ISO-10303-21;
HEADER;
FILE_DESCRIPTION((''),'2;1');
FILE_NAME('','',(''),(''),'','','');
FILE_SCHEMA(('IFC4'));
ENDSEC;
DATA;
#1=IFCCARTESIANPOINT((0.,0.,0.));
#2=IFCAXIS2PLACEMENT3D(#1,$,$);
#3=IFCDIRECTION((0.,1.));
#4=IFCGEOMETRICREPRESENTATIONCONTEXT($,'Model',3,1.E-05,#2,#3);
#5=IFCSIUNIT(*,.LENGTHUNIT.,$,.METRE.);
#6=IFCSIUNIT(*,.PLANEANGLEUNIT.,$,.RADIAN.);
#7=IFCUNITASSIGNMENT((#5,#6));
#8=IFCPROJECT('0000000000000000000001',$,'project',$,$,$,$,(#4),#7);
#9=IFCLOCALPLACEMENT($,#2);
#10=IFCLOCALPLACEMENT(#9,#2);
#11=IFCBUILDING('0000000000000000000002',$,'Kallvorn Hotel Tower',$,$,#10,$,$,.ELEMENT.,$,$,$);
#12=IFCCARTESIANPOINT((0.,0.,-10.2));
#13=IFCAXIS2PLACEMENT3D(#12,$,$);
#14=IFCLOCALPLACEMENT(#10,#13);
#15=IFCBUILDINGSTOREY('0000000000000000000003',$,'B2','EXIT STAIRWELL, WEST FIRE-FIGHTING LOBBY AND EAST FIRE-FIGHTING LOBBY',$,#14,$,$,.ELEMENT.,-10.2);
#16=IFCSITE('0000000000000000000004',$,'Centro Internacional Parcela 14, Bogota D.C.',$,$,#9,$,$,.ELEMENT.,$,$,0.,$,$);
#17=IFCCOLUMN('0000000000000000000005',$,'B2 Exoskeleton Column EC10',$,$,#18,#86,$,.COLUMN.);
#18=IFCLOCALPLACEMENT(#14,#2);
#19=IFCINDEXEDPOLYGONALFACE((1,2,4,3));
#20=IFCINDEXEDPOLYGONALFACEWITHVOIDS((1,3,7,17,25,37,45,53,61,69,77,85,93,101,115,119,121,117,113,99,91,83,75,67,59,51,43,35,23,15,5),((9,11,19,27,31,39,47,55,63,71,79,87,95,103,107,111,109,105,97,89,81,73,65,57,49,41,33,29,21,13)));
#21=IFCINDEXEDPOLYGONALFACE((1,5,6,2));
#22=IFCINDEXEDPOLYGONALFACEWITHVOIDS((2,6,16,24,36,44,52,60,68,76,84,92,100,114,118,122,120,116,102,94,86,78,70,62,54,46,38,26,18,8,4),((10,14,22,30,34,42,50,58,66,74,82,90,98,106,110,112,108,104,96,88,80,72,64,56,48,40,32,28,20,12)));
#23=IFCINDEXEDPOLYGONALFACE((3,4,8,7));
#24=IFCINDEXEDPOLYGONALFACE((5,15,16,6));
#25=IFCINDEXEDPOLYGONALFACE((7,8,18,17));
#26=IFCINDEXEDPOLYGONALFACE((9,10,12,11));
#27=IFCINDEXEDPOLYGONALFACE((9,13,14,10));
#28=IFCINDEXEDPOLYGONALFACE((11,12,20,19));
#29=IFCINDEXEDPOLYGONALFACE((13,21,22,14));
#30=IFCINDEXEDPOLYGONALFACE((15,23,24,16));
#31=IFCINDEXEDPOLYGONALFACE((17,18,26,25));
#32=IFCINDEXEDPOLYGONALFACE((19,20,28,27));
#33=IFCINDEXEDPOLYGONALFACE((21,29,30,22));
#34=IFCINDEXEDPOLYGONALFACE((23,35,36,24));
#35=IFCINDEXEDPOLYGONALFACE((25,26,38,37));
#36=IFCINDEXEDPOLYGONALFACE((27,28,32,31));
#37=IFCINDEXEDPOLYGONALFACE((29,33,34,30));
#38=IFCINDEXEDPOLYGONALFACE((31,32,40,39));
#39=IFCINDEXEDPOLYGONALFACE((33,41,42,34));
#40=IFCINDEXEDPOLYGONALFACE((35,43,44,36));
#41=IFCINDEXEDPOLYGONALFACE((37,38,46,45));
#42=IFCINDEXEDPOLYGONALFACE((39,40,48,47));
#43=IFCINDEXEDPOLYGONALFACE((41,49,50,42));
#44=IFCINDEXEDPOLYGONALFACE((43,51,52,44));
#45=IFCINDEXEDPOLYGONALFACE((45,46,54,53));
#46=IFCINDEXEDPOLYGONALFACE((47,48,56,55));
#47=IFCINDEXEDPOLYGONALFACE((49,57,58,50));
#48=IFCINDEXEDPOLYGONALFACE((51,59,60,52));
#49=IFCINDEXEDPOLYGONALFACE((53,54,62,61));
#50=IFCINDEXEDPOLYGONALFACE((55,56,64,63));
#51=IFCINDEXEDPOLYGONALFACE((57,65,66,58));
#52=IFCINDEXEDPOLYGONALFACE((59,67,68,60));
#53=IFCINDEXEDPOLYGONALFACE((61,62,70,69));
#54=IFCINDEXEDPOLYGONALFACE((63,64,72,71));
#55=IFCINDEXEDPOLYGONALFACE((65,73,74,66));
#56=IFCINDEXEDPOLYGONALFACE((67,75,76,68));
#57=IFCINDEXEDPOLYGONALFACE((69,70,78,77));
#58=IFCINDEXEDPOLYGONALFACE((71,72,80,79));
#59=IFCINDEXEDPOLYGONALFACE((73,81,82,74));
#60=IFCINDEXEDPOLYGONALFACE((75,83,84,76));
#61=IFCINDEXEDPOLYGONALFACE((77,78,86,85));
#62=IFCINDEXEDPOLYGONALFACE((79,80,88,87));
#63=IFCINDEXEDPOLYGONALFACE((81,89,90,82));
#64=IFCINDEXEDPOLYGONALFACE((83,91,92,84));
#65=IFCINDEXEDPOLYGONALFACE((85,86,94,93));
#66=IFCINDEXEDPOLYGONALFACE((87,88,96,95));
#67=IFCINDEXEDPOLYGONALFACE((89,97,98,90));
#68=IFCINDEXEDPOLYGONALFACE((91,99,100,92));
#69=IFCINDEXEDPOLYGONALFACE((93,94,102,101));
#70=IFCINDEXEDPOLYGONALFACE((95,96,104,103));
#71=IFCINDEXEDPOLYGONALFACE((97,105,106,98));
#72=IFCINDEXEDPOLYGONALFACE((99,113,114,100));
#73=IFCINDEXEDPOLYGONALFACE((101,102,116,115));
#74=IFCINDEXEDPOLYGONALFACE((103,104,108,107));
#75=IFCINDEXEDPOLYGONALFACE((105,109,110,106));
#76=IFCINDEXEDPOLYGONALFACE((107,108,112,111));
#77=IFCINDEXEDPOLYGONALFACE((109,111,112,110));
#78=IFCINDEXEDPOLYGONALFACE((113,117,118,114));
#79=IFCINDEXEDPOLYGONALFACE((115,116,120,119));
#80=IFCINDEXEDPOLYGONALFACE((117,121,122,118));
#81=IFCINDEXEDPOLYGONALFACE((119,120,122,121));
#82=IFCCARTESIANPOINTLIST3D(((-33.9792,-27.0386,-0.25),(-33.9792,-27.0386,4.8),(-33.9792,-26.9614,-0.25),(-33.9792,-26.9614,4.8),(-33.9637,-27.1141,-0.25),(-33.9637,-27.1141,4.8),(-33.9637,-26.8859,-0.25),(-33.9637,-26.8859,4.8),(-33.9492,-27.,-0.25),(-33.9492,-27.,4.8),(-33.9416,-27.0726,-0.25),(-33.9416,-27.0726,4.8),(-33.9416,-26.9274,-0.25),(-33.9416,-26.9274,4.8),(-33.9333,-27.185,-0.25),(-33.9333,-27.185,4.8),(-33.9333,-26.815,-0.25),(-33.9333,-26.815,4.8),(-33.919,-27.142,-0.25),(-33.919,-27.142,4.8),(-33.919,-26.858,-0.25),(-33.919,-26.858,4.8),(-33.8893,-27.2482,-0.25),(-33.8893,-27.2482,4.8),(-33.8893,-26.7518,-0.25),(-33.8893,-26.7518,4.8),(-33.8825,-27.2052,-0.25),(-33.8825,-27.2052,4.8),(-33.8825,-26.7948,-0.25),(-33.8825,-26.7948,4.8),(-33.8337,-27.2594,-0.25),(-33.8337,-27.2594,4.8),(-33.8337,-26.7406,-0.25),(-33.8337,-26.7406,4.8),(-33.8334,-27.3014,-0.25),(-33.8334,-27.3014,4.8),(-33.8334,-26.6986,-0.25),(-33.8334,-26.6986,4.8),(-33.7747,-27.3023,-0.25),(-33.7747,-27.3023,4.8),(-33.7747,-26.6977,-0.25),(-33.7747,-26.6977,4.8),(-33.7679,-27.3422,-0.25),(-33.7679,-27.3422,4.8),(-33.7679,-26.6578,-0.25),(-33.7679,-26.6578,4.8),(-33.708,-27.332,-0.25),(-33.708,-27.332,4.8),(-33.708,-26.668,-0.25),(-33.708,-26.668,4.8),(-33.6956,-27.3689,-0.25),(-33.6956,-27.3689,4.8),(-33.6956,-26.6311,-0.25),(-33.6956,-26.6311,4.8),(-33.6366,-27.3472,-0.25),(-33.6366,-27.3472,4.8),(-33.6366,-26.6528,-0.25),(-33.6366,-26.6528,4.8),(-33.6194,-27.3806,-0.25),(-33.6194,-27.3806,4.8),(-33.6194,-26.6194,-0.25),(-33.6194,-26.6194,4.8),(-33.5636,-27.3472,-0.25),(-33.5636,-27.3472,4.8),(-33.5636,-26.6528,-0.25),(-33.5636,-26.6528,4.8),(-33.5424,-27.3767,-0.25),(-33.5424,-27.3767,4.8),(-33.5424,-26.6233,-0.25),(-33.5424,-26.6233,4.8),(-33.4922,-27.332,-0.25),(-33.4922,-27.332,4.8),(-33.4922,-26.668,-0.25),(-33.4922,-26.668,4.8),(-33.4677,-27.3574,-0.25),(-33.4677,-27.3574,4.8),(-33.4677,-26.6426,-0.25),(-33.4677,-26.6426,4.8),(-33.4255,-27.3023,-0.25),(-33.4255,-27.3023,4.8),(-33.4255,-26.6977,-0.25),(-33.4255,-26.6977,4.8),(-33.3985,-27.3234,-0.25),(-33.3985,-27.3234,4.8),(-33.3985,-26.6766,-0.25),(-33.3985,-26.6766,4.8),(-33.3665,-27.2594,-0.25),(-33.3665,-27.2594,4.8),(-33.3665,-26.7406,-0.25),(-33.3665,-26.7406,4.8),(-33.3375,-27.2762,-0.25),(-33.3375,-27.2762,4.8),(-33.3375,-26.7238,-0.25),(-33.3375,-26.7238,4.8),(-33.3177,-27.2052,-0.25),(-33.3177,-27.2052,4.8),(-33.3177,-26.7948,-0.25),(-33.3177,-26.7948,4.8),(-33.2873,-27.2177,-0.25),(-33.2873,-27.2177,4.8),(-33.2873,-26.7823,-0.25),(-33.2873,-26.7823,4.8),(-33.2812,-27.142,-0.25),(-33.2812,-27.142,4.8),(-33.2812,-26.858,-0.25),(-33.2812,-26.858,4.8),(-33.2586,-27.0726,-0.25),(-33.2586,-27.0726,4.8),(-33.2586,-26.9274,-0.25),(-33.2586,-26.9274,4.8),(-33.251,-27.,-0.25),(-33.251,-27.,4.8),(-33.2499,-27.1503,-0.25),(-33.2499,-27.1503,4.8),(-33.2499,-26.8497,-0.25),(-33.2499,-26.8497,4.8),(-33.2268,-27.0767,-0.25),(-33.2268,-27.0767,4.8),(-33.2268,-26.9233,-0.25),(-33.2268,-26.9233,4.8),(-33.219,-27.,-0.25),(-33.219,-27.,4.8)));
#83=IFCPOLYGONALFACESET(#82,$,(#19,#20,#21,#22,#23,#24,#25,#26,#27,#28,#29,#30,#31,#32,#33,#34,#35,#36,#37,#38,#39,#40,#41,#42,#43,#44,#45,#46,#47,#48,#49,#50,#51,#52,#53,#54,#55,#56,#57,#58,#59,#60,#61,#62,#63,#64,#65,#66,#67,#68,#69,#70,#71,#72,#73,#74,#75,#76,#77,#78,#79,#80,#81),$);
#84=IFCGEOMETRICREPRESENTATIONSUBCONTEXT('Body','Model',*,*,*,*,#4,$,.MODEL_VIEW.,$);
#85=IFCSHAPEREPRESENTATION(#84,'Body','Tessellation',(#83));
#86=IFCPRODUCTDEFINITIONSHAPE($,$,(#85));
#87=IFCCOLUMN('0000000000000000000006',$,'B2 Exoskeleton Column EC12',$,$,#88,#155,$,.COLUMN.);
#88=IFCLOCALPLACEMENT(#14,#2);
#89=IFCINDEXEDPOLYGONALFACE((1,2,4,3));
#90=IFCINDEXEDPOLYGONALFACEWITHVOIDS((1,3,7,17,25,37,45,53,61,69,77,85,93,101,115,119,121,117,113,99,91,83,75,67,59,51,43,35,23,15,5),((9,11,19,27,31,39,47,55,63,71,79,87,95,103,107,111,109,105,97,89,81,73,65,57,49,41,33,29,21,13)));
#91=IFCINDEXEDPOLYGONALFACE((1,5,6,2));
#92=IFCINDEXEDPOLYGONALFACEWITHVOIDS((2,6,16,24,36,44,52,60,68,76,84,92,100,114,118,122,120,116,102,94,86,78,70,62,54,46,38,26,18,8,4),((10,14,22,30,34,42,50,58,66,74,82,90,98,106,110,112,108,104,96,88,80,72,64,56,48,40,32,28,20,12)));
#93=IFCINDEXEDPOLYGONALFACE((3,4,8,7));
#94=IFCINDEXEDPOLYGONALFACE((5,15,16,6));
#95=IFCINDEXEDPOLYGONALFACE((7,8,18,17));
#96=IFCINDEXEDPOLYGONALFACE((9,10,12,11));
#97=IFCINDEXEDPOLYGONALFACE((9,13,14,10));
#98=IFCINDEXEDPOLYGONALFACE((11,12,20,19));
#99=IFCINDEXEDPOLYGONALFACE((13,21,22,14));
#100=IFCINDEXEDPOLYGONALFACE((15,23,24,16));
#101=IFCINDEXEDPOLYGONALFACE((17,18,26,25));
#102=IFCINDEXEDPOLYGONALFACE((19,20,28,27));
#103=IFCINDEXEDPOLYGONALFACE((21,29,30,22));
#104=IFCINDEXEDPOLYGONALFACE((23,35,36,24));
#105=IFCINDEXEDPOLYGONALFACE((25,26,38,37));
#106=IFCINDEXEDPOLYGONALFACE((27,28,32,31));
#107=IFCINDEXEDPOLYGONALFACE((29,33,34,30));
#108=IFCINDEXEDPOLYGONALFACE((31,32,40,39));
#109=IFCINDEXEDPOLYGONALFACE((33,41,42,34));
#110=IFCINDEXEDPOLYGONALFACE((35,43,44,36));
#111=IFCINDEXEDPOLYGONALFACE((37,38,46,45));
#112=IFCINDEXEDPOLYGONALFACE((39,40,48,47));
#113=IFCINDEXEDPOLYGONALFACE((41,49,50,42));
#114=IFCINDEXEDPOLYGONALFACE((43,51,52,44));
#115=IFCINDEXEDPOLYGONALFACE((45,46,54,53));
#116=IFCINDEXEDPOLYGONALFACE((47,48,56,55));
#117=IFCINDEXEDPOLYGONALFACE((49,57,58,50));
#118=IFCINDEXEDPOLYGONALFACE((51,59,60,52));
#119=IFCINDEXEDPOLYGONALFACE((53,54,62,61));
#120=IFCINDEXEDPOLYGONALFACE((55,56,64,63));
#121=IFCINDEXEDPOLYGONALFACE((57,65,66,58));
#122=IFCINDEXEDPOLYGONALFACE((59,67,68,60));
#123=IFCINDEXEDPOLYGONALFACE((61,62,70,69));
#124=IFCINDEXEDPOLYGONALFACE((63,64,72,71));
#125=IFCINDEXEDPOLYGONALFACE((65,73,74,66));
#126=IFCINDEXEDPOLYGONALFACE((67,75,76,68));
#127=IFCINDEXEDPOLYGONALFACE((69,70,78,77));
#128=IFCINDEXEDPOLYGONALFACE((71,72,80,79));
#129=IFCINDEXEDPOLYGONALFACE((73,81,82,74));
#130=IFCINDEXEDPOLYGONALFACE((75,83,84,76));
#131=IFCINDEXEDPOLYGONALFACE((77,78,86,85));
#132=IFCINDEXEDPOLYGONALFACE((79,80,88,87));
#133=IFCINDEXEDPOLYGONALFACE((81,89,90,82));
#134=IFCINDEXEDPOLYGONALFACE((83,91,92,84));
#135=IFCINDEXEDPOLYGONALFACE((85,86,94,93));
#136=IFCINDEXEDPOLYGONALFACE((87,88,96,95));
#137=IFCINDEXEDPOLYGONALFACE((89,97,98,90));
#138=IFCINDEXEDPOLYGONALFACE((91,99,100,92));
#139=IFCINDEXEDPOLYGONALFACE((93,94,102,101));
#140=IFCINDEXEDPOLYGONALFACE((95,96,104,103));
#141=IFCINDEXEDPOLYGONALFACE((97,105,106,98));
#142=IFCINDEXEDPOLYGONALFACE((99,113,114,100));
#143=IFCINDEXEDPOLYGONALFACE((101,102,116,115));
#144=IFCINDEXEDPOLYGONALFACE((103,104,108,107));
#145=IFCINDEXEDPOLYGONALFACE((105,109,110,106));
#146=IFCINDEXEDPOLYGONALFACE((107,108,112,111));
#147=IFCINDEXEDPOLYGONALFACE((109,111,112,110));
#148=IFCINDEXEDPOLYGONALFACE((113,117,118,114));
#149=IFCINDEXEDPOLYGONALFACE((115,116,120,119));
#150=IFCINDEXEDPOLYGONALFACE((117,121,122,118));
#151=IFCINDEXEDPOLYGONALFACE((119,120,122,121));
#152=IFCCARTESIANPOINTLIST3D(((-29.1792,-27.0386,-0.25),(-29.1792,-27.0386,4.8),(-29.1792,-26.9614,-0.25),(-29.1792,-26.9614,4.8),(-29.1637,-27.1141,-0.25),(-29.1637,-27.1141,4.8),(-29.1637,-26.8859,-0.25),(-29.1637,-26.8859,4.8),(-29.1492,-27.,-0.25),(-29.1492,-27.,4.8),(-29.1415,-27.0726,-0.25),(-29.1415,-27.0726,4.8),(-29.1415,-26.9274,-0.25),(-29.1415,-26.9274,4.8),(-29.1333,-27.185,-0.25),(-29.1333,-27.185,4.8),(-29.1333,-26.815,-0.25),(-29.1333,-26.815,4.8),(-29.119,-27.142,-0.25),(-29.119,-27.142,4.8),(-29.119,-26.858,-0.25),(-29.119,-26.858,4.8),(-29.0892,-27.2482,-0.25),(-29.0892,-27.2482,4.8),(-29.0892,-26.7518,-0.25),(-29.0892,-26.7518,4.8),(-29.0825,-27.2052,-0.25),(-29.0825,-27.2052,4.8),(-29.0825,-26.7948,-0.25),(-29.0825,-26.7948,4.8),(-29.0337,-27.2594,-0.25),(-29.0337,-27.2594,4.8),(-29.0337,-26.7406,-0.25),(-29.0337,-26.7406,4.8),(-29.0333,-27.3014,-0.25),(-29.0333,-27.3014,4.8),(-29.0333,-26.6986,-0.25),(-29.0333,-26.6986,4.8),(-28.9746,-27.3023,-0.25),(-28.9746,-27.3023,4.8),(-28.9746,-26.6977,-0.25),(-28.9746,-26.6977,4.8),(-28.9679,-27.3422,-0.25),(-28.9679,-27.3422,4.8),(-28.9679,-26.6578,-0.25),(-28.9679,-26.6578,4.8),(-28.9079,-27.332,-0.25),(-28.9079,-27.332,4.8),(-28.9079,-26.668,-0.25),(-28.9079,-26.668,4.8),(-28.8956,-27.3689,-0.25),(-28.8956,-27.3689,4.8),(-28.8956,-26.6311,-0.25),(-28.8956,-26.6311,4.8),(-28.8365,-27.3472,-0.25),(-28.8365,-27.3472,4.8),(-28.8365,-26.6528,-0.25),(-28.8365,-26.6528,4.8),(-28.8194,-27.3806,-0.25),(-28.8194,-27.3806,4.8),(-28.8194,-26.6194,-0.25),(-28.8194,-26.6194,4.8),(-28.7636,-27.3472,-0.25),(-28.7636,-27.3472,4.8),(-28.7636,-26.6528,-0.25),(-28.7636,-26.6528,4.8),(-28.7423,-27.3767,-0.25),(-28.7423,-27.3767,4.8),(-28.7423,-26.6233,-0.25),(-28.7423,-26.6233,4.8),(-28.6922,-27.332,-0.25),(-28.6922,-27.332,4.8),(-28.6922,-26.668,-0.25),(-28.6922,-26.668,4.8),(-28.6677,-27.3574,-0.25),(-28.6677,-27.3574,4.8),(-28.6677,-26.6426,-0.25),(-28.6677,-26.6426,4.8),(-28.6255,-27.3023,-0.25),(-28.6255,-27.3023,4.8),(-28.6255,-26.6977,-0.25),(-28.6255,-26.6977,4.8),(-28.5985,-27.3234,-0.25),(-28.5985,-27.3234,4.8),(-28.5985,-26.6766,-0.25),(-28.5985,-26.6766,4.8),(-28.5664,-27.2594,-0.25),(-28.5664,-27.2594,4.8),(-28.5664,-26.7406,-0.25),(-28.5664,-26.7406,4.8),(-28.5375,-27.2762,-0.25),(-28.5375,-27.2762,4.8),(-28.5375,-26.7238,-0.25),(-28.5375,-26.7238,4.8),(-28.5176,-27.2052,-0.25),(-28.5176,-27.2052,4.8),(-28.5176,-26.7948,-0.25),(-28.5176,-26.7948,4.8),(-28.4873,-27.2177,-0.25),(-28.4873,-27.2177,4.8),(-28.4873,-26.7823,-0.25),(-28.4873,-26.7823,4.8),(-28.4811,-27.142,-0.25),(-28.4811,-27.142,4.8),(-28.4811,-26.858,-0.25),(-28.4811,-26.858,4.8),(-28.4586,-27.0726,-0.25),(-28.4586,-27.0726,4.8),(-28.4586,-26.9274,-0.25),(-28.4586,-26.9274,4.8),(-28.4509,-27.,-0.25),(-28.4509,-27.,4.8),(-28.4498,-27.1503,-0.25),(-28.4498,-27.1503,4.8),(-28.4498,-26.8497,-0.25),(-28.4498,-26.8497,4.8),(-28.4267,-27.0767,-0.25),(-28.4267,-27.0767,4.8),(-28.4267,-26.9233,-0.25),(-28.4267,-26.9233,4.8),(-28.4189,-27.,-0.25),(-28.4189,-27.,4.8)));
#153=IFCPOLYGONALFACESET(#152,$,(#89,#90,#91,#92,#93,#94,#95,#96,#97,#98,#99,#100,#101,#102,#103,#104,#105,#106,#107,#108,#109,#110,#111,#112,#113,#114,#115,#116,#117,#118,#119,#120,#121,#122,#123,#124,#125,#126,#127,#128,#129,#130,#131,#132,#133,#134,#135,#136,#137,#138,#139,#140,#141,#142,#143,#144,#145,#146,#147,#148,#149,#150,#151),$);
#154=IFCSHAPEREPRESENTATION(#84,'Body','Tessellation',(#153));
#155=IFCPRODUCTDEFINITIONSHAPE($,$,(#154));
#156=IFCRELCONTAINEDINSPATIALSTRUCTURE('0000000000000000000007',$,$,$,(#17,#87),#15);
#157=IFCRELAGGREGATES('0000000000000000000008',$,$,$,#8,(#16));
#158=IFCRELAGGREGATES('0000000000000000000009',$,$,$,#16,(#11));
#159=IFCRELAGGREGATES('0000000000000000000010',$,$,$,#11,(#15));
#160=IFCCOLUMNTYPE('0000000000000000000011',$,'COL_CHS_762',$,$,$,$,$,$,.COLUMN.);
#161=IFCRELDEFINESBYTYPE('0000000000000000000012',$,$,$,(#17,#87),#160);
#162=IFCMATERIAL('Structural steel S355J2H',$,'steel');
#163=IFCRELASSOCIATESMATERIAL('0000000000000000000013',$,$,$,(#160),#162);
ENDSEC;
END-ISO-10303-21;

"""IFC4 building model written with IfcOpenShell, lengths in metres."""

from ifc_helpers import new_model, si_unit, direction, frame, origin, origin_2d, place, context, subcontext, project, spatial, hollow_circle, extrude, material, material_profile, profile_set, type_object, element, save


model = new_model("IFC4")

# Units and contexts
model_context = context("Model", 3, precision=1e-05, world=origin(), true_north=direction((0.0, 1.0)))
body_context = subcontext(model_context, "Body", "Model", "MODEL_VIEW")
ifc_project = project(units=[si_unit("LENGTHUNIT", "METRE"), si_unit("PLANEANGLEUNIT", "RADIAN")], contexts=[model_context])

# Site, building, storey
site_placement = place(None, origin())
site = spatial("IfcSite", under=ifc_project, at=site_placement, Name="Centro Internacional Parcela 14, Bogota D.C.", CompositionType="ELEMENT", RefElevation=0.0)
building_placement = place(site_placement, origin())
building = spatial("IfcBuilding", under=site, at=building_placement, Name="Kallvorn Hotel Tower", CompositionType="ELEMENT")
storey_placement = place(building_placement, frame((0.0, 0.0, -10.2)))
storey = spatial("IfcBuildingStorey", under=building, at=storey_placement, Name="B2", Description="EXIT STAIRWELL, WEST FIRE-FIGHTING LOBBY AND EAST FIRE-FIGHTING LOBBY", CompositionType="ELEMENT", Elevation=-10.2)

# Columns
ifc_material_1 = material(Name="Structural steel S355J2H", Category="steel")
ifc_material_profile_1 = material_profile(ifc_material_1, hollow_circle(Radius=0.3811, WallThickness=0.032, at=origin_2d()), Name="CHS 762x32")
ifc_profile_set_1 = profile_set([ifc_material_profile_1], Name="Structural steel S355J2H")
column_type_1 = type_object("IfcColumnType", Name="COL_CHS_762", PredefinedType="COLUMN", material=ifc_profile_set_1)
for number, where, z_axis, x_axis, name in (
    (1, (-33.6001, -27.0, -0.25), (0.0, 0.0, 1.0), (1.0, 0.0, 0.0), "B2 Exoskeleton Column EC10"),
    (2, (-28.8, -27.0, -0.25), (0.0, 0.0, 1.0), (1.0, 0.0, 0.0), "B2 Exoskeleton Column EC12"),
):
    element("IfcColumn", number, at=place(storey_placement, frame(where, z_axis=z_axis, x_axis=x_axis)), inside=storey, type_object=column_type_1, Name=name, PredefinedType="COLUMN", context=body_context, shape_type="SweptSolid", body=[
        extrude(hollow_circle(Radius=0.3811, WallThickness=0.032, at=origin_2d()), origin(), (0.0, 0.0, 1.0), 5.05),
    ])

save(model, "model.ifc")
